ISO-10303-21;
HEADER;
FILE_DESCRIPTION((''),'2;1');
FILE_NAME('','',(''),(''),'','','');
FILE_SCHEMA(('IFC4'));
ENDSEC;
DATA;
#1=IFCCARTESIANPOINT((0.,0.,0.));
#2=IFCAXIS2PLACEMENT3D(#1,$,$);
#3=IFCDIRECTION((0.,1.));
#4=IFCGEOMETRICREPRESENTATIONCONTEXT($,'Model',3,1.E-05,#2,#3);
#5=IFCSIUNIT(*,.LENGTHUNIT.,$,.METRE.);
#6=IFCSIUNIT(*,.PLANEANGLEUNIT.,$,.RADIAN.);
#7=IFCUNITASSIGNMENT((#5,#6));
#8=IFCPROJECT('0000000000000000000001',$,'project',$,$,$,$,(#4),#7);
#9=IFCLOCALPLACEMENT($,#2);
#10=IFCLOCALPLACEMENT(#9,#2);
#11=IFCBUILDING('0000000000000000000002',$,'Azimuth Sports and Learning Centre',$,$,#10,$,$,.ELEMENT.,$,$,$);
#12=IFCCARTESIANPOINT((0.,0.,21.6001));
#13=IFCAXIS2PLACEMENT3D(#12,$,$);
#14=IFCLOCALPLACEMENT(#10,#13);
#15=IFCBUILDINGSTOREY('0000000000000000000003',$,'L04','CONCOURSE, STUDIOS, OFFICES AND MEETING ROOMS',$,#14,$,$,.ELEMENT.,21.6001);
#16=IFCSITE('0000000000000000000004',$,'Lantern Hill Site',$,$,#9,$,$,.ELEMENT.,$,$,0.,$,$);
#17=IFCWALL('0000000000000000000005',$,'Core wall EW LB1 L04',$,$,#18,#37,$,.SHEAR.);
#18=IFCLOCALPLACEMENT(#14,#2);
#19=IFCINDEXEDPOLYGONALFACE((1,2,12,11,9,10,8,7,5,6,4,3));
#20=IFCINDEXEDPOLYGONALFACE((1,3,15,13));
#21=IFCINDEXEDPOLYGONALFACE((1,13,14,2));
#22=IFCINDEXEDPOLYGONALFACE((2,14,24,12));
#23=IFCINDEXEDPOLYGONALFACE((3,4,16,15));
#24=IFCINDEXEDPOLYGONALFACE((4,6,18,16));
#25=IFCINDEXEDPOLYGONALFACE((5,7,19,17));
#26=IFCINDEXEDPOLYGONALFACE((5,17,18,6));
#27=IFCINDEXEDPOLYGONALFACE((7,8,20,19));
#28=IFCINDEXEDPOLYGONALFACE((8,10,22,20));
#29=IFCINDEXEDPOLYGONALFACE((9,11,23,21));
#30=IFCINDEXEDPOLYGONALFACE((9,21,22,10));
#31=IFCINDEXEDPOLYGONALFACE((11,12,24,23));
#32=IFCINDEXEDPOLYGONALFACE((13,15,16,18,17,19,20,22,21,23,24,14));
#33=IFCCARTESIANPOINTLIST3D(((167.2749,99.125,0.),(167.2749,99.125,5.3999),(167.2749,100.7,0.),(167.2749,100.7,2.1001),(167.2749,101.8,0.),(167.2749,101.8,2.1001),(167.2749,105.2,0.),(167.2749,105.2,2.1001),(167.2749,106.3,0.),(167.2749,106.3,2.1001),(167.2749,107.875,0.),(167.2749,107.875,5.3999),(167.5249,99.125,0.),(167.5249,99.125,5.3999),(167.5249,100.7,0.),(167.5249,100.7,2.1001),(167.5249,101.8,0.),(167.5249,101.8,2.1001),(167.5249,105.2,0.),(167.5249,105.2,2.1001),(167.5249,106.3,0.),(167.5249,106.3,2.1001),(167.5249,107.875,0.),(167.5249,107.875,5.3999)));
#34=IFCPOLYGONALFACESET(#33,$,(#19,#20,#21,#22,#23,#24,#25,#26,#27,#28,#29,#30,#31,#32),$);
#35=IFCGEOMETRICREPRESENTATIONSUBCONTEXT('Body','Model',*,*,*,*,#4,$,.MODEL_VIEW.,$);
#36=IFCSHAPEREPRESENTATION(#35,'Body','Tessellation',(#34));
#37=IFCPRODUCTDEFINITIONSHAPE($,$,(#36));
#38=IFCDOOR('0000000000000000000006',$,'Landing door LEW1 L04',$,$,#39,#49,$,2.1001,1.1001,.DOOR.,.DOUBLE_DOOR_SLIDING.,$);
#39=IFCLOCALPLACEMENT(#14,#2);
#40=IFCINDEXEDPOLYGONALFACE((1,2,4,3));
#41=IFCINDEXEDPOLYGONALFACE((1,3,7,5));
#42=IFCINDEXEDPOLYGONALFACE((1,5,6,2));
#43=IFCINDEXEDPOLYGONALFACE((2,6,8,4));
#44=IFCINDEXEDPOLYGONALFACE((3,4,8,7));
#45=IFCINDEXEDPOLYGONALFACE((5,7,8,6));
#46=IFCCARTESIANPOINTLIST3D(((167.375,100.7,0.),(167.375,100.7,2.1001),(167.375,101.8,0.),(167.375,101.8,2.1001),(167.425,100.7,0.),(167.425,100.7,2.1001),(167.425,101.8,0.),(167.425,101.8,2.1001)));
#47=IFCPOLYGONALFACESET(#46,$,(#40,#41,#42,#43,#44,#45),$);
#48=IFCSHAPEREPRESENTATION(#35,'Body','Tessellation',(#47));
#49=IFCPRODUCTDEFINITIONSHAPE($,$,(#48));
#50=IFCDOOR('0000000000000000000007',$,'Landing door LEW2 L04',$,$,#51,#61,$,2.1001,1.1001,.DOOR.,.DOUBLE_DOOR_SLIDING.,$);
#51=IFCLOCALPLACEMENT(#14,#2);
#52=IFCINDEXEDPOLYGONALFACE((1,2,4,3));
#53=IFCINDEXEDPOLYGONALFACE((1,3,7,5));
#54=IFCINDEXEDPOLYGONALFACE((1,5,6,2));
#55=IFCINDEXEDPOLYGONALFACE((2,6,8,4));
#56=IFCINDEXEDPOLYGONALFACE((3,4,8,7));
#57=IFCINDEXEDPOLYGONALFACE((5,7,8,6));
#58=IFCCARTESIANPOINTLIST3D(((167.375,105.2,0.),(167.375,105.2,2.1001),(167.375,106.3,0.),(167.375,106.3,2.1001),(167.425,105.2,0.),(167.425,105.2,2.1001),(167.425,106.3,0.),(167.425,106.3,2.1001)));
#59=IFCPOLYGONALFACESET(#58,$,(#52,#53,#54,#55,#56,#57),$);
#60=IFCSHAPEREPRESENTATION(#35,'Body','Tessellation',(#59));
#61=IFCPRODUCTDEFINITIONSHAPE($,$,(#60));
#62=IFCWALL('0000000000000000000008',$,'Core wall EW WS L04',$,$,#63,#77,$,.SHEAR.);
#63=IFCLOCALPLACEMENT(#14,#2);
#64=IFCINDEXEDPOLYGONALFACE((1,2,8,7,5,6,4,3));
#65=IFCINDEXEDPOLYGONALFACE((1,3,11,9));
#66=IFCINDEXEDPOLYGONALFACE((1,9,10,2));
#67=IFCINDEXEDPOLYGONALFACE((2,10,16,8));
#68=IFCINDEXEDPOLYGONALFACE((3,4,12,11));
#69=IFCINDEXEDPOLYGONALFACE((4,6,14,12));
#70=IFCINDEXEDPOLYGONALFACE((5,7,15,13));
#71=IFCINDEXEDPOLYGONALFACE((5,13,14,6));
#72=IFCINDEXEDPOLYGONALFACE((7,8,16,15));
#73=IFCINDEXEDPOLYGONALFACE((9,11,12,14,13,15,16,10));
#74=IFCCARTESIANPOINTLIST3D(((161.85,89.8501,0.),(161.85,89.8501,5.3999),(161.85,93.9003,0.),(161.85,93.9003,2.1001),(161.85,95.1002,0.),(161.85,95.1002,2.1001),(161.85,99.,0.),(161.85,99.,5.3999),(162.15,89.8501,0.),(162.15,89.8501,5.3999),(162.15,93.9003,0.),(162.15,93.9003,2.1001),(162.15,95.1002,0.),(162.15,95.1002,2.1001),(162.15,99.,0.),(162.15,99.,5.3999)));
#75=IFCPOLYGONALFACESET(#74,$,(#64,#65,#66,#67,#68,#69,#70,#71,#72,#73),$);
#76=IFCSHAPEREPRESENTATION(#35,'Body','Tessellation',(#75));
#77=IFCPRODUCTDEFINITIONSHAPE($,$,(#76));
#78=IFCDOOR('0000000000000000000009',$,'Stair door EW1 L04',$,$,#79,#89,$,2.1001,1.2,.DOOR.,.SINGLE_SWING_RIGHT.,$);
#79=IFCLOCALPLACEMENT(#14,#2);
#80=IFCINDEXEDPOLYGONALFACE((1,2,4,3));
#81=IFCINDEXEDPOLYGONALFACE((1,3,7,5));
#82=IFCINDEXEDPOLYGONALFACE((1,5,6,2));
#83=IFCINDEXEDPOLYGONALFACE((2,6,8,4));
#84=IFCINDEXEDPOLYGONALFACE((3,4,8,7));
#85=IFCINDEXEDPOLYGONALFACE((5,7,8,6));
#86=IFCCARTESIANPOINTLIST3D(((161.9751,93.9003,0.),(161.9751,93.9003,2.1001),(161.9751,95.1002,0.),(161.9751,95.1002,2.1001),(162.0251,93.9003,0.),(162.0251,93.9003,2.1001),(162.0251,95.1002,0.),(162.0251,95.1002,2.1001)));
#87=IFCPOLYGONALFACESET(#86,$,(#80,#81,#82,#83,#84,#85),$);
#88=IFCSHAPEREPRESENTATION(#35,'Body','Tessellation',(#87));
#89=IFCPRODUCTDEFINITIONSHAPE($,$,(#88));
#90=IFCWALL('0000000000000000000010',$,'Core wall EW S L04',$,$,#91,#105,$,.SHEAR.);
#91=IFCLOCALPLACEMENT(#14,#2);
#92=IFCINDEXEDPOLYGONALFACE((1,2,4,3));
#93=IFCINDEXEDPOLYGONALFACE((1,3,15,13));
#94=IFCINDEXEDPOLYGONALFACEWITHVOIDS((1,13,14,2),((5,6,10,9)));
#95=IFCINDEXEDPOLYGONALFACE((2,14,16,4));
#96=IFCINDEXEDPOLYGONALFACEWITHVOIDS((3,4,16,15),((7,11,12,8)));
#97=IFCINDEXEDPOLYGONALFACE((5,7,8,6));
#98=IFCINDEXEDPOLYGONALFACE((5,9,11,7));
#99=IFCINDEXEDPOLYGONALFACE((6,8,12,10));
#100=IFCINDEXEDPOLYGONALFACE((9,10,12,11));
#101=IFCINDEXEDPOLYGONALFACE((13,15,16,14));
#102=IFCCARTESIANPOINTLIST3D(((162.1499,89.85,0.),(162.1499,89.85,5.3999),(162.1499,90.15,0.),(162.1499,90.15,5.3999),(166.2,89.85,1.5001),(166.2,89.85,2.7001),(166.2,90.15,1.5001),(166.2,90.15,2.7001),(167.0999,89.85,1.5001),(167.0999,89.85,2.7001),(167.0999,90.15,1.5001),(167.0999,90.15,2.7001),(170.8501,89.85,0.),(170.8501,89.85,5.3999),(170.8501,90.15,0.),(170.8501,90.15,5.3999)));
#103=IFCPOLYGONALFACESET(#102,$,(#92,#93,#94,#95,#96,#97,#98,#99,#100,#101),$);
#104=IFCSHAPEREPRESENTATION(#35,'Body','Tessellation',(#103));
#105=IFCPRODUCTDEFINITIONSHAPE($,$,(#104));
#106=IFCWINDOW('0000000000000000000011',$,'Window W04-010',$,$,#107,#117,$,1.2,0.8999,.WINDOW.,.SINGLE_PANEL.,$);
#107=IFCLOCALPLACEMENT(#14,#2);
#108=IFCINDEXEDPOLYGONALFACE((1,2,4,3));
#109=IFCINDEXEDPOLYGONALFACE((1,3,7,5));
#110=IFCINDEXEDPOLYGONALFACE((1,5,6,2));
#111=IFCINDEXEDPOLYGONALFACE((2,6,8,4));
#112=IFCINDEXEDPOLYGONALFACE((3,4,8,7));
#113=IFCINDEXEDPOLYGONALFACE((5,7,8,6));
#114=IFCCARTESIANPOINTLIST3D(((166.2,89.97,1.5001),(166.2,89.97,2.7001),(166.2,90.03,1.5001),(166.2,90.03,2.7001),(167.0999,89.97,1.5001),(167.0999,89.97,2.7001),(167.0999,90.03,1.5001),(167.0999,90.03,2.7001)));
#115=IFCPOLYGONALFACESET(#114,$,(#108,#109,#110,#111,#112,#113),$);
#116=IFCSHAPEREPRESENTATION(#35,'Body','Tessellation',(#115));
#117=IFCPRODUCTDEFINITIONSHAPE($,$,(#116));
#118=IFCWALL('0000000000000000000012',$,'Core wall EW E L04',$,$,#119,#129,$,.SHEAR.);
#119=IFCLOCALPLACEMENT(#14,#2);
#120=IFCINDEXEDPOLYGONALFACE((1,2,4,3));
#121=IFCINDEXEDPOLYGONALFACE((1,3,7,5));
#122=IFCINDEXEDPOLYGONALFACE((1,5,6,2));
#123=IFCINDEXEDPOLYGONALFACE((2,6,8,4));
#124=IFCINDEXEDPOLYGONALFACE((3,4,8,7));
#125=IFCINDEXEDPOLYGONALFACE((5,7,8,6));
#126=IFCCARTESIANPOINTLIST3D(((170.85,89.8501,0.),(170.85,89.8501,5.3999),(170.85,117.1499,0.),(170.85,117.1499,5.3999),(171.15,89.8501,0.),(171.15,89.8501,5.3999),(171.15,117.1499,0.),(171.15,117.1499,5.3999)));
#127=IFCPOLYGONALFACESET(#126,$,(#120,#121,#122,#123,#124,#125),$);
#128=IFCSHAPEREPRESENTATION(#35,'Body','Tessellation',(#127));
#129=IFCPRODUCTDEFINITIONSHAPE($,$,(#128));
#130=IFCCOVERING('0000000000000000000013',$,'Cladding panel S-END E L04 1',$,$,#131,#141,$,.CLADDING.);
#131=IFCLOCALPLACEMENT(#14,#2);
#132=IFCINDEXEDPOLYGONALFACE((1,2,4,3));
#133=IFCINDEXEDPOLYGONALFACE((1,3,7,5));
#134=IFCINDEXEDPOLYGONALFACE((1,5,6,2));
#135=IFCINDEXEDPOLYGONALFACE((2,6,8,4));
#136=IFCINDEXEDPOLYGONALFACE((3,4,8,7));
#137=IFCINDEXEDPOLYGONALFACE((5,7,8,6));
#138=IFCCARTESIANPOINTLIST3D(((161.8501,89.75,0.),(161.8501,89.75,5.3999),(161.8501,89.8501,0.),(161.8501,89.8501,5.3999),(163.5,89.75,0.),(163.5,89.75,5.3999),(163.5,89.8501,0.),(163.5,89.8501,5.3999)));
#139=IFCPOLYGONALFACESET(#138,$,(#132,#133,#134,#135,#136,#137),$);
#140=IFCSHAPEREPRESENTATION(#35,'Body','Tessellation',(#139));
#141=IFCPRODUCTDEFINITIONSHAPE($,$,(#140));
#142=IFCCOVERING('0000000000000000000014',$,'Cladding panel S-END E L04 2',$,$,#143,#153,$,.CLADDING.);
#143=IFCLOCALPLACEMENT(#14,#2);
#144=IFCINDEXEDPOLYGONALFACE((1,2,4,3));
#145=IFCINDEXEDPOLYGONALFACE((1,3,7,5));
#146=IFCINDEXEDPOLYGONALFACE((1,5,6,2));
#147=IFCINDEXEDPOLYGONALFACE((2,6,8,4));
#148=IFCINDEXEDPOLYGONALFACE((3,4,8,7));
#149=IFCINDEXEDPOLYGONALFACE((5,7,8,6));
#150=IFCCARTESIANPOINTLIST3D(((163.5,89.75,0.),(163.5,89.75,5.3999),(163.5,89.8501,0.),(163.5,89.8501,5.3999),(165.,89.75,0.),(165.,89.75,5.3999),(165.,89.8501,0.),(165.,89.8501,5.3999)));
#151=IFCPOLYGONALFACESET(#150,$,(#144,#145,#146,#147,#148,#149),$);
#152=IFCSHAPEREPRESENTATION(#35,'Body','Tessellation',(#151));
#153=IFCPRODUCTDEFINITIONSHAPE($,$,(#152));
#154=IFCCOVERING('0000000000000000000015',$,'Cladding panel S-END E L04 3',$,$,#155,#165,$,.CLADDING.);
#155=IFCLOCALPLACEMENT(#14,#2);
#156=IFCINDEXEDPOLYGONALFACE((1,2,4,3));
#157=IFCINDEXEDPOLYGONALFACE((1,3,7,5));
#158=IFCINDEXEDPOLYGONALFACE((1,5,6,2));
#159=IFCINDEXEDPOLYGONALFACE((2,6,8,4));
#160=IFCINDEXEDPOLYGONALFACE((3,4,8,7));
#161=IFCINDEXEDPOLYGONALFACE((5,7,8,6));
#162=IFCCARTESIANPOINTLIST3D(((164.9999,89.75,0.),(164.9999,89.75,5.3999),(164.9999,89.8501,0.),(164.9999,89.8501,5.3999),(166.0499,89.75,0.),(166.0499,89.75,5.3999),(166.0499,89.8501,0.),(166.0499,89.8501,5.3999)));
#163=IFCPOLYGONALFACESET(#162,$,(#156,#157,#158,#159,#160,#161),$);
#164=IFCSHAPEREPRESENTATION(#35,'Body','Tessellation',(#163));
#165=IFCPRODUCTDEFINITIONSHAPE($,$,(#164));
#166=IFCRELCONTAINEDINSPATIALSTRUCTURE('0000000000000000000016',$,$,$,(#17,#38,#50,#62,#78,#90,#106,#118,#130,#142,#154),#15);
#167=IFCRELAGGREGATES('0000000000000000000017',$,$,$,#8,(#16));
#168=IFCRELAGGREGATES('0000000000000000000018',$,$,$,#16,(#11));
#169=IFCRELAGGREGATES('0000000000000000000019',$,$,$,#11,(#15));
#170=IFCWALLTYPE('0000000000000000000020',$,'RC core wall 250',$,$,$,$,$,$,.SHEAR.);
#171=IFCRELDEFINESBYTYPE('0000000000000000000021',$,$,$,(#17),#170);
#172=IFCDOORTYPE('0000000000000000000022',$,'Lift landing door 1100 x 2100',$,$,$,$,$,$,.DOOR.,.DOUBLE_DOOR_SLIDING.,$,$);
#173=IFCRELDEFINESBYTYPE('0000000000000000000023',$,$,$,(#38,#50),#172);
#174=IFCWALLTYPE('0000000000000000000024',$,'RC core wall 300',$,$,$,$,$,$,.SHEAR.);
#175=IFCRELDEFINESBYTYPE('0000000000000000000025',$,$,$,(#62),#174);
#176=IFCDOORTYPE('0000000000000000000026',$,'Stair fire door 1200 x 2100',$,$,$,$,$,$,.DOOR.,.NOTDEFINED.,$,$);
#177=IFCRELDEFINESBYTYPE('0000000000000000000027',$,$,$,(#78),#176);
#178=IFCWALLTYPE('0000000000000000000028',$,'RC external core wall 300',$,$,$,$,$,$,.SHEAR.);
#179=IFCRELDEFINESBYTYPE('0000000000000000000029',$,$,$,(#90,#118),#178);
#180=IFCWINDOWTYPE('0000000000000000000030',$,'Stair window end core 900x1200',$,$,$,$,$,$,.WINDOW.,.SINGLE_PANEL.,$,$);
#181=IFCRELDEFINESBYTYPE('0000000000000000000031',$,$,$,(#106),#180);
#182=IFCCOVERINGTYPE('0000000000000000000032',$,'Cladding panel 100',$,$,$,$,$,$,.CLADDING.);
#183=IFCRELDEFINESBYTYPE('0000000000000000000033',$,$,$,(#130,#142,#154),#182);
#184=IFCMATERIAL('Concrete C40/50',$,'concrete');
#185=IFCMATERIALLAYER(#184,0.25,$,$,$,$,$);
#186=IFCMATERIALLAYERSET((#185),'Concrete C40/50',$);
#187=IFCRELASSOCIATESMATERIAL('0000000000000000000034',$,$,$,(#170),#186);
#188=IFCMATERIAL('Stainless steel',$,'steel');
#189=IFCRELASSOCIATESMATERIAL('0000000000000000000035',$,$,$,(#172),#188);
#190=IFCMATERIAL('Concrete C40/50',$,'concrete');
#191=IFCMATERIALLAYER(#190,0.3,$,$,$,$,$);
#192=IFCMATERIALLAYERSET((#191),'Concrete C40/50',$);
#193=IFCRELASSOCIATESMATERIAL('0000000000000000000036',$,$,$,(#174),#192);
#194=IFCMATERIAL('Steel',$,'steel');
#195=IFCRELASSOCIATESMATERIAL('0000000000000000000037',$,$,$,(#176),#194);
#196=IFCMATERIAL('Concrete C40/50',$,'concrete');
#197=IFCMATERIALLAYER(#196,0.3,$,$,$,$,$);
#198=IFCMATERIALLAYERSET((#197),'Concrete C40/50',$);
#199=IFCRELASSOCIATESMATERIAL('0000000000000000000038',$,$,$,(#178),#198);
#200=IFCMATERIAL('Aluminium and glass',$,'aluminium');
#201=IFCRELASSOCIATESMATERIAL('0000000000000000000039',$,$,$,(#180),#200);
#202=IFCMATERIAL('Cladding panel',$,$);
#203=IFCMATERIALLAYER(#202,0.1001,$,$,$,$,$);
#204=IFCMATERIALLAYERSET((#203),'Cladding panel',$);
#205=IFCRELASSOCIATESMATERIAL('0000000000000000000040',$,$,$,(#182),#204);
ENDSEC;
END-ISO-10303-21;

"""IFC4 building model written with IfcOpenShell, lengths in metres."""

from ifc_helpers import new_model, si_unit, direction, frame, frame_2d, origin, origin_2d, place, context, subcontext, project, spatial, rectangle, extrude, material, layer, layer_set, type_object, element, fill, save


model = new_model("IFC4")

# Units and contexts
model_context = context("Model", 3, precision=1e-05, world=origin(), true_north=direction((0.0, 1.0)))
body_context = subcontext(model_context, "Body", "Model", "MODEL_VIEW")
ifc_project = project(units=[si_unit("LENGTHUNIT", "METRE"), si_unit("PLANEANGLEUNIT", "RADIAN")], contexts=[model_context])

# Site, building, storey
site_placement = place(None, origin())
site = spatial("IfcSite", under=ifc_project, at=site_placement, Name="Lantern Hill Site", CompositionType="ELEMENT", RefElevation=0.0)
building_placement = place(site_placement, origin())
building = spatial("IfcBuilding", under=site, at=building_placement, Name="Azimuth Sports and Learning Centre", CompositionType="ELEMENT")
storey_placement = place(building_placement, frame((0.0, 0.0, 21.6001)))
storey = spatial("IfcBuildingStorey", under=building, at=storey_placement, Name="L04", Description="CONCOURSE, STUDIOS, OFFICES AND MEETING ROOMS", CompositionType="ELEMENT", Elevation=21.6001)

# Shared definitions
ifc_material_1 = material(Name="Concrete C40/50", Category="concrete")
ifc_layer_1 = layer(ifc_material_1, 0.25)
ifc_layer_set_1 = layer_set([ifc_layer_1], Name="Concrete C40/50")
wall_type_1 = type_object("IfcWallType", Name="RC core wall 250", PredefinedType="SHEAR", material=ifc_layer_set_1)

# Wall, openings, doors
wall_1_placement = place(storey_placement, frame((167.3999, 99.125, 0.0), z_axis=(0.0, 0.0, 1.0), x_axis=(0.0, 1.0, 0.0)))
wall_1 = element("IfcWall", 1, at=wall_1_placement, inside=storey, type_object=wall_type_1, Name="Core wall EW LB1 L04", PredefinedType="SHEAR", context=body_context, shape_type="SweptSolid", body=[
    extrude(rectangle(XDim=8.75, YDim=0.25, at=frame_2d((4.375, 0.0))), origin(), (0.0, 0.0, 1.0), 5.3999),
])
opening_1_placement = place(wall_1_placement, frame((1.575, 0.0, 0.0)))
opening_1 = element("IfcOpeningElement", 2, at=opening_1_placement, cuts=wall_1, PredefinedType="OPENING", context=body_context, shape_type="SweptSolid", body=[
    extrude(rectangle(XDim=1.1001, YDim=2.1001, at=frame_2d((0.55, 1.05))), frame((0.0, 0.136, 0.0), z_axis=(0.0, -1.0, 0.0), x_axis=(1.0, 0.0, 0.0)), (0.0, 0.0, 1.0), 0.272),
])
opening_2_placement = place(wall_1_placement, frame((6.075, 0.0, 0.0)))
opening_2 = element("IfcOpeningElement", 3, at=opening_2_placement, cuts=wall_1, PredefinedType="OPENING", context=body_context, shape_type="SweptSolid", body=[
    extrude(rectangle(XDim=1.1001, YDim=2.1001, at=frame_2d((0.55, 1.05))), frame((0.0, 0.136, 0.0), z_axis=(0.0, -1.0, 0.0), x_axis=(1.0, 0.0, 0.0)), (0.0, 0.0, 1.0), 0.272),
])
ifc_material_2 = material(Name="Stainless steel", Category="steel")
door_type_1 = type_object("IfcDoorType", Name="Lift landing door 1100 x 2100", OperationType="DOUBLE_DOOR_SLIDING", PredefinedType="DOOR", material=ifc_material_2)
door_1_placement = place(opening_1_placement, origin())
door_1 = element("IfcDoor", 4, at=door_1_placement, inside=storey, type_object=door_type_1, Name="Landing door LEW1 L04", OperationType="DOUBLE_DOOR_SLIDING", OverallHeight=2.1001, OverallWidth=1.1001, PredefinedType="DOOR", context=body_context, shape_type="SweptSolid", body=[
    extrude(rectangle(XDim=1.1001, YDim=2.1001, at=frame_2d((0.55, 1.05))), frame((0.0, 0.0249, 0.0), z_axis=(0.0, -1.0, 0.0), x_axis=(1.0, 0.0, 0.0)), (0.0, 0.0, 1.0), 0.05),
])
fill(opening_1, door_1)
door_2_placement = place(opening_2_placement, origin())
door_2 = element("IfcDoor", 5, at=door_2_placement, inside=storey, type_object=door_type_1, Name="Landing door LEW2 L04", OperationType="DOUBLE_DOOR_SLIDING", OverallHeight=2.1001, OverallWidth=1.1001, PredefinedType="DOOR", context=body_context, shape_type="SweptSolid", body=[
    extrude(rectangle(XDim=1.1001, YDim=2.1001, at=frame_2d((0.55, 1.05))), frame((0.0, 0.0249, 0.0), z_axis=(0.0, -1.0, 0.0), x_axis=(1.0, 0.0, 0.0)), (0.0, 0.0, 1.0), 0.05),
])
fill(opening_2, door_2)

# Wall, opening, door
ifc_material_3 = material(Name="Concrete C40/50", Category="concrete")
ifc_layer_2 = layer(ifc_material_3, 0.3)
ifc_layer_set_2 = layer_set([ifc_layer_2], Name="Concrete C40/50")
wall_type_2 = type_object("IfcWallType", Name="RC core wall 300", PredefinedType="SHEAR", material=ifc_layer_set_2)
wall_2_placement = place(storey_placement, frame((162.0, 89.8501, 0.0), z_axis=(0.0, 0.0, 1.0), x_axis=(0.0, 1.0, 0.0)))
wall_2 = element("IfcWall", 6, at=wall_2_placement, inside=storey, type_object=wall_type_2, Name="Core wall EW WS L04", PredefinedType="SHEAR", context=body_context, shape_type="SweptSolid", body=[
    extrude(rectangle(XDim=9.1499, YDim=0.3, at=frame_2d((4.575, 0.0))), origin(), (0.0, 0.0, 1.0), 5.3999),
])
opening_3_placement = place(wall_2_placement, frame((4.05, 0.0, 0.0)))
opening_3 = element("IfcOpeningElement", 7, at=opening_3_placement, cuts=wall_2, PredefinedType="OPENING", context=body_context, shape_type="SweptSolid", body=[
    extrude(rectangle(XDim=1.2, YDim=2.1001, at=frame_2d((0.6001, 1.05))), frame((0.0, 0.1611, 0.0), z_axis=(0.0, -1.0, 0.0), x_axis=(1.0, 0.0, 0.0)), (0.0, 0.0, 1.0), 0.322),
])
ifc_material_4 = material(Name="Steel", Category="steel")
door_type_2 = type_object("IfcDoorType", Name="Stair fire door 1200 x 2100", OperationType="NOTDEFINED", PredefinedType="DOOR", material=ifc_material_4)
door_3_placement = place(opening_3_placement, origin())
door_3 = element("IfcDoor", 8, at=door_3_placement, inside=storey, type_object=door_type_2, Name="Stair door EW1 L04", OperationType="SINGLE_SWING_RIGHT", OverallHeight=2.1001, OverallWidth=1.2, PredefinedType="DOOR", context=body_context, shape_type="SweptSolid", body=[
    extrude(rectangle(XDim=1.2, YDim=2.1001, at=frame_2d((0.6001, 1.05))), frame((0.0, 0.0249, 0.0), z_axis=(0.0, -1.0, 0.0), x_axis=(1.0, 0.0, 0.0)), (0.0, 0.0, 1.0), 0.05),
])
fill(opening_3, door_3)

# Wall, opening, window
ifc_material_5 = material(Name="Concrete C40/50", Category="concrete")
ifc_layer_3 = layer(ifc_material_5, 0.3)
ifc_layer_set_3 = layer_set([ifc_layer_3], Name="Concrete C40/50")
wall_type_3 = type_object("IfcWallType", Name="RC external core wall 300", PredefinedType="SHEAR", material=ifc_layer_set_3)
wall_3_placement = place(storey_placement, frame((162.1499, 90.0, 0.0), z_axis=(0.0, 0.0, 1.0), x_axis=(1.0, 0.0, 0.0)))
wall_3 = element("IfcWall", 9, at=wall_3_placement, inside=storey, type_object=wall_type_3, Name="Core wall EW S L04", PredefinedType="SHEAR", context=body_context, shape_type="SweptSolid", body=[
    extrude(rectangle(XDim=8.7002, YDim=0.3, at=frame_2d((4.3501, 0.0))), origin(), (0.0, 0.0, 1.0), 5.3999),
])
opening_4_placement = place(wall_3_placement, frame((4.05, 0.0, 1.5)))
opening_4 = element("IfcOpeningElement", 10, at=opening_4_placement, cuts=wall_3, PredefinedType="OPENING", context=body_context, shape_type="SweptSolid", body=[
    extrude(rectangle(XDim=0.8999, YDim=1.2, at=frame_2d((0.45, 0.6001))), frame((0.0, 0.1611, 0.0), z_axis=(0.0, -1.0, 0.0), x_axis=(1.0, 0.0, 0.0)), (0.0, 0.0, 1.0), 0.322),
])
ifc_material_6 = material(Name="Aluminium and glass", Category="aluminium")
window_type = type_object("IfcWindowType", Name="Stair window end core 900x1200", PartitioningType="SINGLE_PANEL", PredefinedType="WINDOW", material=ifc_material_6)
window_placement = place(opening_4_placement, origin())
window = element("IfcWindow", 11, at=window_placement, inside=storey, type_object=window_type, Name="Window W04-010", OverallHeight=1.2, OverallWidth=0.8999, PartitioningType="SINGLE_PANEL", PredefinedType="WINDOW", context=body_context, shape_type="SweptSolid", body=[
    extrude(rectangle(XDim=0.8999, YDim=1.2, at=frame_2d((0.45, 0.6001))), frame((0.0, 0.03, 0.0), z_axis=(0.0, -1.0, 0.0), x_axis=(1.0, 0.0, 0.0)), (0.0, 0.0, 1.0), 0.0601),
])
fill(opening_4, window)

# Wall
wall_4_placement = place(storey_placement, frame((171.0, 89.8501, 0.0), z_axis=(0.0, 0.0, 1.0), x_axis=(0.0, 1.0, 0.0)))
element("IfcWall", 12, at=wall_4_placement, inside=storey, type_object=wall_type_3, Name="Core wall EW E L04", PredefinedType="SHEAR", context=body_context, shape_type="SweptSolid", body=[
    extrude(rectangle(XDim=27.2998, YDim=0.3, at=frame_2d((13.6499, 0.0))), origin(), (0.0, 0.0, 1.0), 5.3999),
])

# Coverings
ifc_material_7 = material(Name="Cladding panel")
ifc_layer_4 = layer(ifc_material_7, 0.1001)
ifc_layer_set_4 = layer_set([ifc_layer_4], Name="Cladding panel")
covering_type = type_object("IfcCoveringType", Name="Cladding panel 100", PredefinedType="CLADDING", material=ifc_layer_set_4)
covering_1_placement = place(storey_placement, frame((162.675, 89.8, 0.0), z_axis=(0.0, 0.0, 1.0), x_axis=(1.0, 0.0, 0.0)))
element("IfcCovering", 13, at=covering_1_placement, inside=storey, type_object=covering_type, Name="Cladding panel S-END E L04 1", PredefinedType="CLADDING", context=body_context, shape_type="SweptSolid", body=[
    extrude(rectangle(XDim=1.6499, YDim=0.1001, at=origin_2d()), origin(), (0.0, 0.0, 1.0), 5.3999),
])
covering_2_placement = place(storey_placement, frame((164.25, 89.8, 0.0), z_axis=(0.0, 0.0, 1.0), x_axis=(1.0, 0.0, 0.0)))
element("IfcCovering", 14, at=covering_2_placement, inside=storey, type_object=covering_type, Name="Cladding panel S-END E L04 2", PredefinedType="CLADDING", context=body_context, shape_type="SweptSolid", body=[
    extrude(rectangle(XDim=1.5, YDim=0.1001, at=origin_2d()), origin(), (0.0, 0.0, 1.0), 5.3999),
])
covering_3_placement = place(storey_placement, frame((165.5249, 89.8, 0.0), z_axis=(0.0, 0.0, 1.0), x_axis=(1.0, 0.0, 0.0)))
element("IfcCovering", 15, at=covering_3_placement, inside=storey, type_object=covering_type, Name="Cladding panel S-END E L04 3", PredefinedType="CLADDING", context=body_context, shape_type="SweptSolid", body=[
    extrude(rectangle(XDim=1.05, YDim=0.1001, at=origin_2d()), origin(), (0.0, 0.0, 1.0), 5.3999),
])

save(model, "model.ifc")
